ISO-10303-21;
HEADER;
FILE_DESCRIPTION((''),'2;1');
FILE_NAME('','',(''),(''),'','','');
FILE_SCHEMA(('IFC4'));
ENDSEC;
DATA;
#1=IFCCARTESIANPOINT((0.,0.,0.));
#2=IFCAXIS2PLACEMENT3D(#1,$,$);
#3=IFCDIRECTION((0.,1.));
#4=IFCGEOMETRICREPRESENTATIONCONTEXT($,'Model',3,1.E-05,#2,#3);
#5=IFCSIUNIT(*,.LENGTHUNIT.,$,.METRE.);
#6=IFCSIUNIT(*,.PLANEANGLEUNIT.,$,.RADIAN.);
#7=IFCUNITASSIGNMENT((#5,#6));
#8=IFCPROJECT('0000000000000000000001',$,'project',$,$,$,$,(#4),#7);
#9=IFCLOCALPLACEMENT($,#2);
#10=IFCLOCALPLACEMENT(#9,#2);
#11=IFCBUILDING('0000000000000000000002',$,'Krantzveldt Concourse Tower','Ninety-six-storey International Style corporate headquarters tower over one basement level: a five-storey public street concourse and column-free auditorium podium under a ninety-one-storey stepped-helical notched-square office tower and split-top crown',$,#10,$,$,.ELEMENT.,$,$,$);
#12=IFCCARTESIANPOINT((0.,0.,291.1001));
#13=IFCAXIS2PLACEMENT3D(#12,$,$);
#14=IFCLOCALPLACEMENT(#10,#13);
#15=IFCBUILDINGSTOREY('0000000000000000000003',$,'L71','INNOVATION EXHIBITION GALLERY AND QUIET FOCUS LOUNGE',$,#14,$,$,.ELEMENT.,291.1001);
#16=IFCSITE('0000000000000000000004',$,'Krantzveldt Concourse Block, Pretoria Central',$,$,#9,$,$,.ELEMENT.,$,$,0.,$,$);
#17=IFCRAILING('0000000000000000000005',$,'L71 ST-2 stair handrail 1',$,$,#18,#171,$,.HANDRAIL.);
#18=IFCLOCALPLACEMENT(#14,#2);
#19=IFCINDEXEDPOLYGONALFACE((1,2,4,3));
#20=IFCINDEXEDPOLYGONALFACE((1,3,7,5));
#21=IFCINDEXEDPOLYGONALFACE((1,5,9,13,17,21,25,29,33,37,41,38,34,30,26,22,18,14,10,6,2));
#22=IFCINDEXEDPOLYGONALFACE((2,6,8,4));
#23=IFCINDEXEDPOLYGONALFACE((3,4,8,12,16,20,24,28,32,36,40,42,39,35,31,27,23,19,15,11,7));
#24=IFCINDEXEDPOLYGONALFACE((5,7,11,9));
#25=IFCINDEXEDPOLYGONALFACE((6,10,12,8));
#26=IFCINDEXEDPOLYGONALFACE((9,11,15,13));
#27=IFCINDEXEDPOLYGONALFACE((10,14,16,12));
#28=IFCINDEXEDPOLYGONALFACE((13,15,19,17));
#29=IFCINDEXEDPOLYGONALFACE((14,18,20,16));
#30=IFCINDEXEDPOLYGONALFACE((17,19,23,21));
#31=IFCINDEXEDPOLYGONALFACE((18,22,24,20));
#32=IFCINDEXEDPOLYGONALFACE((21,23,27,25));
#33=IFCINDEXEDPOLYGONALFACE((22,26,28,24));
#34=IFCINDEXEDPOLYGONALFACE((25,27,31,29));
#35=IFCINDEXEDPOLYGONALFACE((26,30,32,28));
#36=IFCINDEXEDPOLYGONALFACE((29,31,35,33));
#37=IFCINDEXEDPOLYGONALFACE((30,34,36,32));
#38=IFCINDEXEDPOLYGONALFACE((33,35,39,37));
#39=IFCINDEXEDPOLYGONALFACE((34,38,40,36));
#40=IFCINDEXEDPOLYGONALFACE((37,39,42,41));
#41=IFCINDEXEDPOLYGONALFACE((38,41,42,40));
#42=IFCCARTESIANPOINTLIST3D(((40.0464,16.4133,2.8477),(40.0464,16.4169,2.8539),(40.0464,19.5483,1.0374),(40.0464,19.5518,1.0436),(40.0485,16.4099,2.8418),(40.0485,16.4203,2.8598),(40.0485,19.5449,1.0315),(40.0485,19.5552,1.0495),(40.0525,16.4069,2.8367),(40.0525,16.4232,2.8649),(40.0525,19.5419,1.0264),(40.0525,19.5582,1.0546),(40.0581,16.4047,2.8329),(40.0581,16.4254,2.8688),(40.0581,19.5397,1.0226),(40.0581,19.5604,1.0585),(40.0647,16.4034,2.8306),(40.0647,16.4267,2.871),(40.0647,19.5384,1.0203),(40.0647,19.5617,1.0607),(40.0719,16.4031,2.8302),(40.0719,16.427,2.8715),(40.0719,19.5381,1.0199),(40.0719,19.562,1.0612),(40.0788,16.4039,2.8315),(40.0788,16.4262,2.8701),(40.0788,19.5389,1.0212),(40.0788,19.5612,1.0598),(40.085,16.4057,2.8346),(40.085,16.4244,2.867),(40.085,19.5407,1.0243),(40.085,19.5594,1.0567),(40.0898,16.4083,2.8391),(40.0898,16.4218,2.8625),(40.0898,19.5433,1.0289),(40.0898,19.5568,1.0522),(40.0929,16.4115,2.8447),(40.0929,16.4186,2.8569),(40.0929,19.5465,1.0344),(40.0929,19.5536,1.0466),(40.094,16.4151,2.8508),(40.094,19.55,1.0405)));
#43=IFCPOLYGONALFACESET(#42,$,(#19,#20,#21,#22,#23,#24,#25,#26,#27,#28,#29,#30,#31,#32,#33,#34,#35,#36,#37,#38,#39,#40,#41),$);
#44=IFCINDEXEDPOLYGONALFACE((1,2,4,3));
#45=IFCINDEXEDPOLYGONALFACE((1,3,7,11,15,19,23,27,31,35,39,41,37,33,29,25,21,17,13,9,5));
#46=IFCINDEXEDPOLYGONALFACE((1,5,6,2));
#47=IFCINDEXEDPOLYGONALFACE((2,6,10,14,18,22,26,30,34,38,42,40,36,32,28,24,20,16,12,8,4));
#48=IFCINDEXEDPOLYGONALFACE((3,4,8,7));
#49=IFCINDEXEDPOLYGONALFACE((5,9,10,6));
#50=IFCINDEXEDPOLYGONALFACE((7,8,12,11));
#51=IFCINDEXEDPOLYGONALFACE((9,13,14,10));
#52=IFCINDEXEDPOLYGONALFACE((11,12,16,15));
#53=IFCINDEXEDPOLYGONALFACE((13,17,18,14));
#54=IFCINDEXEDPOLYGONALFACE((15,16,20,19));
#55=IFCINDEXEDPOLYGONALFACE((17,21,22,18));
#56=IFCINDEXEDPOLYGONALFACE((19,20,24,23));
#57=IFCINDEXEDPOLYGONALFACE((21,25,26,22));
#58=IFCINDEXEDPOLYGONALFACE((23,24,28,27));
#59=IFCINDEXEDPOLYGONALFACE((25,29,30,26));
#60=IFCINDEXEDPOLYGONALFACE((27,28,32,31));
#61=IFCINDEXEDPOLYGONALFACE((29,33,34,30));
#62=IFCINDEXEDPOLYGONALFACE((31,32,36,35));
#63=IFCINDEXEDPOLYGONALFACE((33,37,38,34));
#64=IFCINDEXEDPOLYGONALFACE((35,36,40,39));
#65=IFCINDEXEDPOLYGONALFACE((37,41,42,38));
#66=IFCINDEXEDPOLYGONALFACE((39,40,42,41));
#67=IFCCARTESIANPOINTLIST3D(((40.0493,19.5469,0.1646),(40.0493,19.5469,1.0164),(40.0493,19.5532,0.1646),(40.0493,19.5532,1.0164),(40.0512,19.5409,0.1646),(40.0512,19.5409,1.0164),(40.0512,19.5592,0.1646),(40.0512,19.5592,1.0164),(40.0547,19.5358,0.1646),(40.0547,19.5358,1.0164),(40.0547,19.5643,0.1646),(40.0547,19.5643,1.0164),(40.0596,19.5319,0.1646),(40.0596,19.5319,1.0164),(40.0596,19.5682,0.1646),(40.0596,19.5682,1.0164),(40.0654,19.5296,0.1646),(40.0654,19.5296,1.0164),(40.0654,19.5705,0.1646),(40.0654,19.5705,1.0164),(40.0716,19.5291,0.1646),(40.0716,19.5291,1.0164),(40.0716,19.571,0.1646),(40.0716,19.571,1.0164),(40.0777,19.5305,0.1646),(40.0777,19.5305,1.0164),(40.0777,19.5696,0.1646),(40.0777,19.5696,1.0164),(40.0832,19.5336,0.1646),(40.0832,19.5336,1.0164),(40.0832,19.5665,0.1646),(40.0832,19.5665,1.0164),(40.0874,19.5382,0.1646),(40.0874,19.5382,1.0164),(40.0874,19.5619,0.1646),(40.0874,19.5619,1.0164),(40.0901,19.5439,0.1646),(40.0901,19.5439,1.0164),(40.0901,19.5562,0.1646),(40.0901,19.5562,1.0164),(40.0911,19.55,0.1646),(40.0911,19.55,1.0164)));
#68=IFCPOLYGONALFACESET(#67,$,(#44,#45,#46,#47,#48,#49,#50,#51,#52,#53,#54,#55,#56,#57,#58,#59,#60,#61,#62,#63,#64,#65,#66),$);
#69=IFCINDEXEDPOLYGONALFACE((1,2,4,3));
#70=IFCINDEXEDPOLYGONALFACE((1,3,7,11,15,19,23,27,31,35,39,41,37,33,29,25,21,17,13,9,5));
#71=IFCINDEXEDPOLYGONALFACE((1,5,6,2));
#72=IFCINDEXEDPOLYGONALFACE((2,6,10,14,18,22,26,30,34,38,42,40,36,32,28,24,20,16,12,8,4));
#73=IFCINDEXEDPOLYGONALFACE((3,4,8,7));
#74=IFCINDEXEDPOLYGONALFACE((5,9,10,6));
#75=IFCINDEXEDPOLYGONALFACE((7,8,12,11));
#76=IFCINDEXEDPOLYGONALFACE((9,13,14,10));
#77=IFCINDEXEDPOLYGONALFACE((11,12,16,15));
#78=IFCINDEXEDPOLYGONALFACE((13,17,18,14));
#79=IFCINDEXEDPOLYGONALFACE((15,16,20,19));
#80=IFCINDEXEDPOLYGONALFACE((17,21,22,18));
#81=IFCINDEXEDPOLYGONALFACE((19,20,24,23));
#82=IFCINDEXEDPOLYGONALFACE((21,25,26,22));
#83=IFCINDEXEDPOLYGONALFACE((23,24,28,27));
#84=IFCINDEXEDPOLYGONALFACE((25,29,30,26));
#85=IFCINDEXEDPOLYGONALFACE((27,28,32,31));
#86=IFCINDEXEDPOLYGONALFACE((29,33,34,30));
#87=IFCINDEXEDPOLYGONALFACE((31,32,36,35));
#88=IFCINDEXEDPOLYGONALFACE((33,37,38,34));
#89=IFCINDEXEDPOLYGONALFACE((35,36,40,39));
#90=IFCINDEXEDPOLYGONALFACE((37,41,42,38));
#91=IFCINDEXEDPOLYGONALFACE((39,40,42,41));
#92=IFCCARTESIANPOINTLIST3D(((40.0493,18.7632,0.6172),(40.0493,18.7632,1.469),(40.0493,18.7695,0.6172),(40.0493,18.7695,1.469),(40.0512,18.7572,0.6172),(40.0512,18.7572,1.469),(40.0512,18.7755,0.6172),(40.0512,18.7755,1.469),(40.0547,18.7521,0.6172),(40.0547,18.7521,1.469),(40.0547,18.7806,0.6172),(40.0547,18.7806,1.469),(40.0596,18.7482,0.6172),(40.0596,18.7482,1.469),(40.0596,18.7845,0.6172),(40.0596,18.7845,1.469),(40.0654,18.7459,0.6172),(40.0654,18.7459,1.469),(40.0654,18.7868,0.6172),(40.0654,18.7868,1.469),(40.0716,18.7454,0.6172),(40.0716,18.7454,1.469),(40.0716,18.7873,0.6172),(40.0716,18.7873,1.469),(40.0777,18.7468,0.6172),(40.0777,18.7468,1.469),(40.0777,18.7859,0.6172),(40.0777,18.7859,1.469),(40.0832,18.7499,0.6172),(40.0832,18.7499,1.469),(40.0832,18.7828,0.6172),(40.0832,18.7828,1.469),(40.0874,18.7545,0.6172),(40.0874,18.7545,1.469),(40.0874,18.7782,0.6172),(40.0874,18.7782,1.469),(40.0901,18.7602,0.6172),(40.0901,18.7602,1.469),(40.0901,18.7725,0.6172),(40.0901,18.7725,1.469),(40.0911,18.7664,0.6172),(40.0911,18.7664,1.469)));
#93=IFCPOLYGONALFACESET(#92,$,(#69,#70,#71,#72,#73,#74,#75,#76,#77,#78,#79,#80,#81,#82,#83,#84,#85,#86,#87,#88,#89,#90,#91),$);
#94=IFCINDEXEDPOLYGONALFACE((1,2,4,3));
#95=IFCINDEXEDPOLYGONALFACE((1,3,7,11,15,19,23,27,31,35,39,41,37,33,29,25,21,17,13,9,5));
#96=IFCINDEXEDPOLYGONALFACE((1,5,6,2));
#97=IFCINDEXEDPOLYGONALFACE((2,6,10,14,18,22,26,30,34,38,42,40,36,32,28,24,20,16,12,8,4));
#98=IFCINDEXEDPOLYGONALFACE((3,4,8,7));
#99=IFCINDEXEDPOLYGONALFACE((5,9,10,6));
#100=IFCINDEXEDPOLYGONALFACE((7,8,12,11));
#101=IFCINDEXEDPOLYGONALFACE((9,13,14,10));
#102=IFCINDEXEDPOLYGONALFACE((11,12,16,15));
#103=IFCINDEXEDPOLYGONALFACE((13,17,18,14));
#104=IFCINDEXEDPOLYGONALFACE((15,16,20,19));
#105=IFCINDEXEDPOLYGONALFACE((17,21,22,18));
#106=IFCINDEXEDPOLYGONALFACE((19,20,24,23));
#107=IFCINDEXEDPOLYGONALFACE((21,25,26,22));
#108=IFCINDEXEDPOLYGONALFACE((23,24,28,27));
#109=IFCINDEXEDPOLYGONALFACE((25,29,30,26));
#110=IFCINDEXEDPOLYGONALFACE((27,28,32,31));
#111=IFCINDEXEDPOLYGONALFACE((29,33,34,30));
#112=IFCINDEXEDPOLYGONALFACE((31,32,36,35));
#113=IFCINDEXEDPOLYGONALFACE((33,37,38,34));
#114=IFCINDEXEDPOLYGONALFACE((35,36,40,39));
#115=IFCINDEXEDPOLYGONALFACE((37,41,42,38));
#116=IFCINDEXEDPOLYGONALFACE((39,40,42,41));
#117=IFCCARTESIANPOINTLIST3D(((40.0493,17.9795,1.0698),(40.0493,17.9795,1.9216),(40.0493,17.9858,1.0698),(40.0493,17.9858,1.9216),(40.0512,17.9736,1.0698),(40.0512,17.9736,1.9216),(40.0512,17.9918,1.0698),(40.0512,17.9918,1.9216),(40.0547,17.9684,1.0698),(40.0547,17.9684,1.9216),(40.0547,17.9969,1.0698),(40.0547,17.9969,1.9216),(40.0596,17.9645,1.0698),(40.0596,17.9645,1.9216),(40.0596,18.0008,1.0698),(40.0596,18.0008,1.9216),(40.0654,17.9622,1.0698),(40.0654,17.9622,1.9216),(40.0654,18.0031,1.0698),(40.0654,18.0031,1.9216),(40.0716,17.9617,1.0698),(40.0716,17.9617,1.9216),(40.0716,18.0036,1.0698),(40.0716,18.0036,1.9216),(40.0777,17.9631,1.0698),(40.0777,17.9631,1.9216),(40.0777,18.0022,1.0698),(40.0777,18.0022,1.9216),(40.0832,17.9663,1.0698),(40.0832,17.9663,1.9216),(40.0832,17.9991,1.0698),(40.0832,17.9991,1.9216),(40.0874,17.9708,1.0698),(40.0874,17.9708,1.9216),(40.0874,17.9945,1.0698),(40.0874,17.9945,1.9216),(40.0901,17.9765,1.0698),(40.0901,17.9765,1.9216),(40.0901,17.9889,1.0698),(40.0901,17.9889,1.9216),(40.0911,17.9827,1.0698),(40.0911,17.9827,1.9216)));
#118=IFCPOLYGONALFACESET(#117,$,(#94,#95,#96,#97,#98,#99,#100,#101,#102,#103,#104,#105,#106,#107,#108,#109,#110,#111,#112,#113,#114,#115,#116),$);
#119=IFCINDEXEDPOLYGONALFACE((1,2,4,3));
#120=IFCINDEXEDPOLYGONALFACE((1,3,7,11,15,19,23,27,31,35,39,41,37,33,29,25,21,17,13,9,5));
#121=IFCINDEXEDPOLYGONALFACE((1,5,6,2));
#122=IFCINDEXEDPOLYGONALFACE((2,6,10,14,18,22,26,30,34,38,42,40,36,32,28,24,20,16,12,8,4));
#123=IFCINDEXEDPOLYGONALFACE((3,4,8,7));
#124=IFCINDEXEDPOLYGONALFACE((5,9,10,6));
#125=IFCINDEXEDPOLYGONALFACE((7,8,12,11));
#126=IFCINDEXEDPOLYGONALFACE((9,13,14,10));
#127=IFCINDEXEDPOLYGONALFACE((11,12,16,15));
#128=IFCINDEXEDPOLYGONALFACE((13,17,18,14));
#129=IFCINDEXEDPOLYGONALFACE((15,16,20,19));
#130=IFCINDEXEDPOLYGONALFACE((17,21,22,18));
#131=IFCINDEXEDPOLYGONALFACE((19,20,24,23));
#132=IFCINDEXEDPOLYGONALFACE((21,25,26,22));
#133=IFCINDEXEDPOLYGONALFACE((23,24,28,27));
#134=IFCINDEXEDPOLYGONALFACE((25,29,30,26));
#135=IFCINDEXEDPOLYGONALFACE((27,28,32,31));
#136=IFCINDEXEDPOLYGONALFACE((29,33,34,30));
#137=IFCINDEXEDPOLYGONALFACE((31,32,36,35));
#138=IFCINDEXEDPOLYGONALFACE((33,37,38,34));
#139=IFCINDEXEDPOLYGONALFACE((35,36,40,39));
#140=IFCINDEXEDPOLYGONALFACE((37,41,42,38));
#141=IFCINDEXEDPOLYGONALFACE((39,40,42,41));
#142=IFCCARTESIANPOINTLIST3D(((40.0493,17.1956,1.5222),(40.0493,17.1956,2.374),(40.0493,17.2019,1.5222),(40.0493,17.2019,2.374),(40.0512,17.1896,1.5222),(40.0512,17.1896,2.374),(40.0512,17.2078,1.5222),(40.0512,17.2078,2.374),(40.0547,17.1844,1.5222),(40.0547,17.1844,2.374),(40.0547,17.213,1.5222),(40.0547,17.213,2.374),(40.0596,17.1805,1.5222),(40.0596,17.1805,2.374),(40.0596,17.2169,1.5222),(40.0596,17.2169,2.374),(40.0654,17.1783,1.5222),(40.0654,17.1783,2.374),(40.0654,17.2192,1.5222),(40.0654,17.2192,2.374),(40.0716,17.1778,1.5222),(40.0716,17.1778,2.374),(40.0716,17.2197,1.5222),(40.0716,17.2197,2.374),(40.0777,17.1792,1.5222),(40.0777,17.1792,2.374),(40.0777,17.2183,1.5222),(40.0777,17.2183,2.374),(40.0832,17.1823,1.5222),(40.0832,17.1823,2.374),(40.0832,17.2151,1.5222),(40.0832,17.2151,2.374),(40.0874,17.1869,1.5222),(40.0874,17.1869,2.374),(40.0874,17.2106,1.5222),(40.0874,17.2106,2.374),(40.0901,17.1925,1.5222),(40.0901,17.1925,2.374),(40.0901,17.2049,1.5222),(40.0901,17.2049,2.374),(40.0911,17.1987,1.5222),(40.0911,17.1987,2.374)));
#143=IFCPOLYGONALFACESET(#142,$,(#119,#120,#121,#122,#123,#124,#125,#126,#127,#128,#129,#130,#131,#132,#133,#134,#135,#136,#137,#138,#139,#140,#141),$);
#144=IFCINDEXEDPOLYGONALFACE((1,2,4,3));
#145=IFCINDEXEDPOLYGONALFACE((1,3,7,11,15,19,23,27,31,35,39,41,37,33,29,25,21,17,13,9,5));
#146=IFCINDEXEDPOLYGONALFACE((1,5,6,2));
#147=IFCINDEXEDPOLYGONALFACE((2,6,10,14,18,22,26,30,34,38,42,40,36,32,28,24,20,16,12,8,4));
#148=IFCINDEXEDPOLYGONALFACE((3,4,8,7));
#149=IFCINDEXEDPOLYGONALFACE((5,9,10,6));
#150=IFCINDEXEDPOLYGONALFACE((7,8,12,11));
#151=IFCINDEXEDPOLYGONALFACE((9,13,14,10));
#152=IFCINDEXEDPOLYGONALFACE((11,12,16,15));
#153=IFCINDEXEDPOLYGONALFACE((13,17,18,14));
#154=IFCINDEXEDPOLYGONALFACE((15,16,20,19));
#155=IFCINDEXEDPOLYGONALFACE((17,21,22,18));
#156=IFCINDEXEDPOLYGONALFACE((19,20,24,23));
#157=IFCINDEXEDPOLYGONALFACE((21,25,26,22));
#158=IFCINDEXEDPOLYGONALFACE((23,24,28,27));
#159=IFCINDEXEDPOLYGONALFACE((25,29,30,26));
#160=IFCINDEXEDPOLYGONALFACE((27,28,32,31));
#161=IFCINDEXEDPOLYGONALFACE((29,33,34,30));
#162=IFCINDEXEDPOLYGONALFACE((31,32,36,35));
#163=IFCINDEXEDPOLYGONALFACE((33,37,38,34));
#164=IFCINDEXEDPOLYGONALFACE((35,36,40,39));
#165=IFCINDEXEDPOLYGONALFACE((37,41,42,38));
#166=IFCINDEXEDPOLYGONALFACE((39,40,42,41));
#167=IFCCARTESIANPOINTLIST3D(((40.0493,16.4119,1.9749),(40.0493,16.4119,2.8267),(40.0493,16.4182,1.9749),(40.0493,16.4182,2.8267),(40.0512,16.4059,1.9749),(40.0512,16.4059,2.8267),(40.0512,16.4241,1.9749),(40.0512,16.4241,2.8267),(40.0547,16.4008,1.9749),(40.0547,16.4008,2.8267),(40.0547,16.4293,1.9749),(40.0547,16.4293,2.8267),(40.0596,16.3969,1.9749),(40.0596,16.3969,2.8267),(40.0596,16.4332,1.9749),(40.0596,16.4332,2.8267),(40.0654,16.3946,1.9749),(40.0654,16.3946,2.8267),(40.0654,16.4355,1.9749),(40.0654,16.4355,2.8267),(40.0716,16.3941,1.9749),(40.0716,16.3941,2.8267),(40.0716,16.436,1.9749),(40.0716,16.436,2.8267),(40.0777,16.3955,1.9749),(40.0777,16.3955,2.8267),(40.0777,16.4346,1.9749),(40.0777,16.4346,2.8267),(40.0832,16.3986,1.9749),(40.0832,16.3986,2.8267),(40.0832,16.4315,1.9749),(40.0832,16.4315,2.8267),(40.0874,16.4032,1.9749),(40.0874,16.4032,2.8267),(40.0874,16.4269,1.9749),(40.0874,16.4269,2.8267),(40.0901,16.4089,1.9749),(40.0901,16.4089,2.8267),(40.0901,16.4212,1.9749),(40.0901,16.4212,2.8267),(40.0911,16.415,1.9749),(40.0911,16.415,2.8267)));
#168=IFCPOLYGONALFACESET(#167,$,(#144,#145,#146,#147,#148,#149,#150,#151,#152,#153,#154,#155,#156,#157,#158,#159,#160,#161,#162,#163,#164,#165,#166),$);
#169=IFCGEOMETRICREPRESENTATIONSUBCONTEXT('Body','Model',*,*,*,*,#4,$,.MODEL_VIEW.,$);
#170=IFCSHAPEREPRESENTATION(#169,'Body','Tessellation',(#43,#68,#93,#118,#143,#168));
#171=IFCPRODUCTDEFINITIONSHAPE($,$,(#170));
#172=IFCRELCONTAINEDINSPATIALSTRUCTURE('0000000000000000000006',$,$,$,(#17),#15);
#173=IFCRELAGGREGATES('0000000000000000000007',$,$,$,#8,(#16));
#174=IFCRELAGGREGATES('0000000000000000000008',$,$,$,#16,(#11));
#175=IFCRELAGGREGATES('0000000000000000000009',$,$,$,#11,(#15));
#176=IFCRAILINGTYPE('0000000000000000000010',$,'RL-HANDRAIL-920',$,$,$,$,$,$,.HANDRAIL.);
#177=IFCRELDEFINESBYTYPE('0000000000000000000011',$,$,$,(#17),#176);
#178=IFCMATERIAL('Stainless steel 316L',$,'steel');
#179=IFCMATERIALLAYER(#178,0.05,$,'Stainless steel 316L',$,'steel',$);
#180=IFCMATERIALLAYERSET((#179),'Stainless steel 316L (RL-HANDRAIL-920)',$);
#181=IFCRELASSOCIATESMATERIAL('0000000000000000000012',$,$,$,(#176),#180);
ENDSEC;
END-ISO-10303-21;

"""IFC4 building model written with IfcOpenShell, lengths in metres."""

from ifc_helpers import new_model, si_unit, direction, frame, origin, origin_2d, place, context, subcontext, project, spatial, circle, extrude, material, layer, layer_set, type_object, element, save


model = new_model("IFC4")

# Units and contexts
model_context = context("Model", 3, precision=1e-05, world=origin(), true_north=direction((0.0, 1.0)))
body_context = subcontext(model_context, "Body", "Model", "MODEL_VIEW")
ifc_project = project(units=[si_unit("LENGTHUNIT", "METRE"), si_unit("PLANEANGLEUNIT", "RADIAN")], contexts=[model_context])

# Site, building, storey
site_placement = place(None, origin())
site = spatial("IfcSite", under=ifc_project, at=site_placement, Name="Krantzveldt Concourse Block, Pretoria Central", CompositionType="ELEMENT", RefElevation=0.0)
building_placement = place(site_placement, origin())
building = spatial("IfcBuilding", under=site, at=building_placement, Name="Krantzveldt Concourse Tower", Description="Ninety-six-storey International Style corporate headquarters tower over one basement level: a five-storey public street concourse and column-free auditorium podium under a ninety-one-storey stepped-helical notched-square office tower and split-top crown", CompositionType="ELEMENT")
storey_placement = place(building_placement, frame((0.0, 0.0, 291.1001)))
storey = spatial("IfcBuildingStorey", under=building, at=storey_placement, Name="L71", Description="INNOVATION EXHIBITION GALLERY AND QUIET FOCUS LOUNGE", CompositionType="ELEMENT", Elevation=291.1001)

# Shared definitions
ifc_material_1 = material(Name="Stainless steel 316L", Category="steel")

# Railing
ifc_layer_1 = layer(ifc_material_1, 0.05, Name="Stainless steel 316L", Category="steel")
ifc_layer_set_1 = layer_set([ifc_layer_1], Name="Stainless steel 316L (RL-HANDRAIL-920)")
railing_type_1 = type_object("IfcRailingType", Name="RL-HANDRAIL-920", PredefinedType="HANDRAIL", material=ifc_layer_set_1)
railing_1_placement = place(storey_placement, frame((40.0701, 19.55, 0.1646)))
element("IfcRailing", 1, at=railing_1_placement, inside=storey, type_object=railing_type_1, Name="L71 ST-2 stair handrail 1", PredefinedType="HANDRAIL", context=body_context, shape_type="SweptSolid", body=[
    extrude(circle(Radius=0.0239, at=origin_2d()), frame((0.0, 0.0, 0.876), z_axis=(0.0, -0.865989, 0.500063), x_axis=(1.0, 0.0, 0.0)), (0.0, 0.0, 1.0), 3.6201),
    extrude(circle(Radius=0.021, at=origin_2d()), origin(), (0.0, 0.0, 1.0), 0.8518),
    extrude(circle(Radius=0.021, at=origin_2d()), frame((0.0, -0.7837, 0.4526)), (0.0, 0.0, 1.0), 0.8518),
    extrude(circle(Radius=0.021, at=origin_2d()), frame((0.0, -1.5674, 0.9053)), (0.0, 0.0, 1.0), 0.8518),
    extrude(circle(Radius=0.021, at=origin_2d()), frame((0.0, -2.3513, 1.3577)), (0.0, 0.0, 1.0), 0.8518),
    extrude(circle(Radius=0.021, at=origin_2d()), frame((0.0, -3.135, 1.8103)), (0.0, 0.0, 1.0), 0.8518),
])

save(model, "model.ifc")
